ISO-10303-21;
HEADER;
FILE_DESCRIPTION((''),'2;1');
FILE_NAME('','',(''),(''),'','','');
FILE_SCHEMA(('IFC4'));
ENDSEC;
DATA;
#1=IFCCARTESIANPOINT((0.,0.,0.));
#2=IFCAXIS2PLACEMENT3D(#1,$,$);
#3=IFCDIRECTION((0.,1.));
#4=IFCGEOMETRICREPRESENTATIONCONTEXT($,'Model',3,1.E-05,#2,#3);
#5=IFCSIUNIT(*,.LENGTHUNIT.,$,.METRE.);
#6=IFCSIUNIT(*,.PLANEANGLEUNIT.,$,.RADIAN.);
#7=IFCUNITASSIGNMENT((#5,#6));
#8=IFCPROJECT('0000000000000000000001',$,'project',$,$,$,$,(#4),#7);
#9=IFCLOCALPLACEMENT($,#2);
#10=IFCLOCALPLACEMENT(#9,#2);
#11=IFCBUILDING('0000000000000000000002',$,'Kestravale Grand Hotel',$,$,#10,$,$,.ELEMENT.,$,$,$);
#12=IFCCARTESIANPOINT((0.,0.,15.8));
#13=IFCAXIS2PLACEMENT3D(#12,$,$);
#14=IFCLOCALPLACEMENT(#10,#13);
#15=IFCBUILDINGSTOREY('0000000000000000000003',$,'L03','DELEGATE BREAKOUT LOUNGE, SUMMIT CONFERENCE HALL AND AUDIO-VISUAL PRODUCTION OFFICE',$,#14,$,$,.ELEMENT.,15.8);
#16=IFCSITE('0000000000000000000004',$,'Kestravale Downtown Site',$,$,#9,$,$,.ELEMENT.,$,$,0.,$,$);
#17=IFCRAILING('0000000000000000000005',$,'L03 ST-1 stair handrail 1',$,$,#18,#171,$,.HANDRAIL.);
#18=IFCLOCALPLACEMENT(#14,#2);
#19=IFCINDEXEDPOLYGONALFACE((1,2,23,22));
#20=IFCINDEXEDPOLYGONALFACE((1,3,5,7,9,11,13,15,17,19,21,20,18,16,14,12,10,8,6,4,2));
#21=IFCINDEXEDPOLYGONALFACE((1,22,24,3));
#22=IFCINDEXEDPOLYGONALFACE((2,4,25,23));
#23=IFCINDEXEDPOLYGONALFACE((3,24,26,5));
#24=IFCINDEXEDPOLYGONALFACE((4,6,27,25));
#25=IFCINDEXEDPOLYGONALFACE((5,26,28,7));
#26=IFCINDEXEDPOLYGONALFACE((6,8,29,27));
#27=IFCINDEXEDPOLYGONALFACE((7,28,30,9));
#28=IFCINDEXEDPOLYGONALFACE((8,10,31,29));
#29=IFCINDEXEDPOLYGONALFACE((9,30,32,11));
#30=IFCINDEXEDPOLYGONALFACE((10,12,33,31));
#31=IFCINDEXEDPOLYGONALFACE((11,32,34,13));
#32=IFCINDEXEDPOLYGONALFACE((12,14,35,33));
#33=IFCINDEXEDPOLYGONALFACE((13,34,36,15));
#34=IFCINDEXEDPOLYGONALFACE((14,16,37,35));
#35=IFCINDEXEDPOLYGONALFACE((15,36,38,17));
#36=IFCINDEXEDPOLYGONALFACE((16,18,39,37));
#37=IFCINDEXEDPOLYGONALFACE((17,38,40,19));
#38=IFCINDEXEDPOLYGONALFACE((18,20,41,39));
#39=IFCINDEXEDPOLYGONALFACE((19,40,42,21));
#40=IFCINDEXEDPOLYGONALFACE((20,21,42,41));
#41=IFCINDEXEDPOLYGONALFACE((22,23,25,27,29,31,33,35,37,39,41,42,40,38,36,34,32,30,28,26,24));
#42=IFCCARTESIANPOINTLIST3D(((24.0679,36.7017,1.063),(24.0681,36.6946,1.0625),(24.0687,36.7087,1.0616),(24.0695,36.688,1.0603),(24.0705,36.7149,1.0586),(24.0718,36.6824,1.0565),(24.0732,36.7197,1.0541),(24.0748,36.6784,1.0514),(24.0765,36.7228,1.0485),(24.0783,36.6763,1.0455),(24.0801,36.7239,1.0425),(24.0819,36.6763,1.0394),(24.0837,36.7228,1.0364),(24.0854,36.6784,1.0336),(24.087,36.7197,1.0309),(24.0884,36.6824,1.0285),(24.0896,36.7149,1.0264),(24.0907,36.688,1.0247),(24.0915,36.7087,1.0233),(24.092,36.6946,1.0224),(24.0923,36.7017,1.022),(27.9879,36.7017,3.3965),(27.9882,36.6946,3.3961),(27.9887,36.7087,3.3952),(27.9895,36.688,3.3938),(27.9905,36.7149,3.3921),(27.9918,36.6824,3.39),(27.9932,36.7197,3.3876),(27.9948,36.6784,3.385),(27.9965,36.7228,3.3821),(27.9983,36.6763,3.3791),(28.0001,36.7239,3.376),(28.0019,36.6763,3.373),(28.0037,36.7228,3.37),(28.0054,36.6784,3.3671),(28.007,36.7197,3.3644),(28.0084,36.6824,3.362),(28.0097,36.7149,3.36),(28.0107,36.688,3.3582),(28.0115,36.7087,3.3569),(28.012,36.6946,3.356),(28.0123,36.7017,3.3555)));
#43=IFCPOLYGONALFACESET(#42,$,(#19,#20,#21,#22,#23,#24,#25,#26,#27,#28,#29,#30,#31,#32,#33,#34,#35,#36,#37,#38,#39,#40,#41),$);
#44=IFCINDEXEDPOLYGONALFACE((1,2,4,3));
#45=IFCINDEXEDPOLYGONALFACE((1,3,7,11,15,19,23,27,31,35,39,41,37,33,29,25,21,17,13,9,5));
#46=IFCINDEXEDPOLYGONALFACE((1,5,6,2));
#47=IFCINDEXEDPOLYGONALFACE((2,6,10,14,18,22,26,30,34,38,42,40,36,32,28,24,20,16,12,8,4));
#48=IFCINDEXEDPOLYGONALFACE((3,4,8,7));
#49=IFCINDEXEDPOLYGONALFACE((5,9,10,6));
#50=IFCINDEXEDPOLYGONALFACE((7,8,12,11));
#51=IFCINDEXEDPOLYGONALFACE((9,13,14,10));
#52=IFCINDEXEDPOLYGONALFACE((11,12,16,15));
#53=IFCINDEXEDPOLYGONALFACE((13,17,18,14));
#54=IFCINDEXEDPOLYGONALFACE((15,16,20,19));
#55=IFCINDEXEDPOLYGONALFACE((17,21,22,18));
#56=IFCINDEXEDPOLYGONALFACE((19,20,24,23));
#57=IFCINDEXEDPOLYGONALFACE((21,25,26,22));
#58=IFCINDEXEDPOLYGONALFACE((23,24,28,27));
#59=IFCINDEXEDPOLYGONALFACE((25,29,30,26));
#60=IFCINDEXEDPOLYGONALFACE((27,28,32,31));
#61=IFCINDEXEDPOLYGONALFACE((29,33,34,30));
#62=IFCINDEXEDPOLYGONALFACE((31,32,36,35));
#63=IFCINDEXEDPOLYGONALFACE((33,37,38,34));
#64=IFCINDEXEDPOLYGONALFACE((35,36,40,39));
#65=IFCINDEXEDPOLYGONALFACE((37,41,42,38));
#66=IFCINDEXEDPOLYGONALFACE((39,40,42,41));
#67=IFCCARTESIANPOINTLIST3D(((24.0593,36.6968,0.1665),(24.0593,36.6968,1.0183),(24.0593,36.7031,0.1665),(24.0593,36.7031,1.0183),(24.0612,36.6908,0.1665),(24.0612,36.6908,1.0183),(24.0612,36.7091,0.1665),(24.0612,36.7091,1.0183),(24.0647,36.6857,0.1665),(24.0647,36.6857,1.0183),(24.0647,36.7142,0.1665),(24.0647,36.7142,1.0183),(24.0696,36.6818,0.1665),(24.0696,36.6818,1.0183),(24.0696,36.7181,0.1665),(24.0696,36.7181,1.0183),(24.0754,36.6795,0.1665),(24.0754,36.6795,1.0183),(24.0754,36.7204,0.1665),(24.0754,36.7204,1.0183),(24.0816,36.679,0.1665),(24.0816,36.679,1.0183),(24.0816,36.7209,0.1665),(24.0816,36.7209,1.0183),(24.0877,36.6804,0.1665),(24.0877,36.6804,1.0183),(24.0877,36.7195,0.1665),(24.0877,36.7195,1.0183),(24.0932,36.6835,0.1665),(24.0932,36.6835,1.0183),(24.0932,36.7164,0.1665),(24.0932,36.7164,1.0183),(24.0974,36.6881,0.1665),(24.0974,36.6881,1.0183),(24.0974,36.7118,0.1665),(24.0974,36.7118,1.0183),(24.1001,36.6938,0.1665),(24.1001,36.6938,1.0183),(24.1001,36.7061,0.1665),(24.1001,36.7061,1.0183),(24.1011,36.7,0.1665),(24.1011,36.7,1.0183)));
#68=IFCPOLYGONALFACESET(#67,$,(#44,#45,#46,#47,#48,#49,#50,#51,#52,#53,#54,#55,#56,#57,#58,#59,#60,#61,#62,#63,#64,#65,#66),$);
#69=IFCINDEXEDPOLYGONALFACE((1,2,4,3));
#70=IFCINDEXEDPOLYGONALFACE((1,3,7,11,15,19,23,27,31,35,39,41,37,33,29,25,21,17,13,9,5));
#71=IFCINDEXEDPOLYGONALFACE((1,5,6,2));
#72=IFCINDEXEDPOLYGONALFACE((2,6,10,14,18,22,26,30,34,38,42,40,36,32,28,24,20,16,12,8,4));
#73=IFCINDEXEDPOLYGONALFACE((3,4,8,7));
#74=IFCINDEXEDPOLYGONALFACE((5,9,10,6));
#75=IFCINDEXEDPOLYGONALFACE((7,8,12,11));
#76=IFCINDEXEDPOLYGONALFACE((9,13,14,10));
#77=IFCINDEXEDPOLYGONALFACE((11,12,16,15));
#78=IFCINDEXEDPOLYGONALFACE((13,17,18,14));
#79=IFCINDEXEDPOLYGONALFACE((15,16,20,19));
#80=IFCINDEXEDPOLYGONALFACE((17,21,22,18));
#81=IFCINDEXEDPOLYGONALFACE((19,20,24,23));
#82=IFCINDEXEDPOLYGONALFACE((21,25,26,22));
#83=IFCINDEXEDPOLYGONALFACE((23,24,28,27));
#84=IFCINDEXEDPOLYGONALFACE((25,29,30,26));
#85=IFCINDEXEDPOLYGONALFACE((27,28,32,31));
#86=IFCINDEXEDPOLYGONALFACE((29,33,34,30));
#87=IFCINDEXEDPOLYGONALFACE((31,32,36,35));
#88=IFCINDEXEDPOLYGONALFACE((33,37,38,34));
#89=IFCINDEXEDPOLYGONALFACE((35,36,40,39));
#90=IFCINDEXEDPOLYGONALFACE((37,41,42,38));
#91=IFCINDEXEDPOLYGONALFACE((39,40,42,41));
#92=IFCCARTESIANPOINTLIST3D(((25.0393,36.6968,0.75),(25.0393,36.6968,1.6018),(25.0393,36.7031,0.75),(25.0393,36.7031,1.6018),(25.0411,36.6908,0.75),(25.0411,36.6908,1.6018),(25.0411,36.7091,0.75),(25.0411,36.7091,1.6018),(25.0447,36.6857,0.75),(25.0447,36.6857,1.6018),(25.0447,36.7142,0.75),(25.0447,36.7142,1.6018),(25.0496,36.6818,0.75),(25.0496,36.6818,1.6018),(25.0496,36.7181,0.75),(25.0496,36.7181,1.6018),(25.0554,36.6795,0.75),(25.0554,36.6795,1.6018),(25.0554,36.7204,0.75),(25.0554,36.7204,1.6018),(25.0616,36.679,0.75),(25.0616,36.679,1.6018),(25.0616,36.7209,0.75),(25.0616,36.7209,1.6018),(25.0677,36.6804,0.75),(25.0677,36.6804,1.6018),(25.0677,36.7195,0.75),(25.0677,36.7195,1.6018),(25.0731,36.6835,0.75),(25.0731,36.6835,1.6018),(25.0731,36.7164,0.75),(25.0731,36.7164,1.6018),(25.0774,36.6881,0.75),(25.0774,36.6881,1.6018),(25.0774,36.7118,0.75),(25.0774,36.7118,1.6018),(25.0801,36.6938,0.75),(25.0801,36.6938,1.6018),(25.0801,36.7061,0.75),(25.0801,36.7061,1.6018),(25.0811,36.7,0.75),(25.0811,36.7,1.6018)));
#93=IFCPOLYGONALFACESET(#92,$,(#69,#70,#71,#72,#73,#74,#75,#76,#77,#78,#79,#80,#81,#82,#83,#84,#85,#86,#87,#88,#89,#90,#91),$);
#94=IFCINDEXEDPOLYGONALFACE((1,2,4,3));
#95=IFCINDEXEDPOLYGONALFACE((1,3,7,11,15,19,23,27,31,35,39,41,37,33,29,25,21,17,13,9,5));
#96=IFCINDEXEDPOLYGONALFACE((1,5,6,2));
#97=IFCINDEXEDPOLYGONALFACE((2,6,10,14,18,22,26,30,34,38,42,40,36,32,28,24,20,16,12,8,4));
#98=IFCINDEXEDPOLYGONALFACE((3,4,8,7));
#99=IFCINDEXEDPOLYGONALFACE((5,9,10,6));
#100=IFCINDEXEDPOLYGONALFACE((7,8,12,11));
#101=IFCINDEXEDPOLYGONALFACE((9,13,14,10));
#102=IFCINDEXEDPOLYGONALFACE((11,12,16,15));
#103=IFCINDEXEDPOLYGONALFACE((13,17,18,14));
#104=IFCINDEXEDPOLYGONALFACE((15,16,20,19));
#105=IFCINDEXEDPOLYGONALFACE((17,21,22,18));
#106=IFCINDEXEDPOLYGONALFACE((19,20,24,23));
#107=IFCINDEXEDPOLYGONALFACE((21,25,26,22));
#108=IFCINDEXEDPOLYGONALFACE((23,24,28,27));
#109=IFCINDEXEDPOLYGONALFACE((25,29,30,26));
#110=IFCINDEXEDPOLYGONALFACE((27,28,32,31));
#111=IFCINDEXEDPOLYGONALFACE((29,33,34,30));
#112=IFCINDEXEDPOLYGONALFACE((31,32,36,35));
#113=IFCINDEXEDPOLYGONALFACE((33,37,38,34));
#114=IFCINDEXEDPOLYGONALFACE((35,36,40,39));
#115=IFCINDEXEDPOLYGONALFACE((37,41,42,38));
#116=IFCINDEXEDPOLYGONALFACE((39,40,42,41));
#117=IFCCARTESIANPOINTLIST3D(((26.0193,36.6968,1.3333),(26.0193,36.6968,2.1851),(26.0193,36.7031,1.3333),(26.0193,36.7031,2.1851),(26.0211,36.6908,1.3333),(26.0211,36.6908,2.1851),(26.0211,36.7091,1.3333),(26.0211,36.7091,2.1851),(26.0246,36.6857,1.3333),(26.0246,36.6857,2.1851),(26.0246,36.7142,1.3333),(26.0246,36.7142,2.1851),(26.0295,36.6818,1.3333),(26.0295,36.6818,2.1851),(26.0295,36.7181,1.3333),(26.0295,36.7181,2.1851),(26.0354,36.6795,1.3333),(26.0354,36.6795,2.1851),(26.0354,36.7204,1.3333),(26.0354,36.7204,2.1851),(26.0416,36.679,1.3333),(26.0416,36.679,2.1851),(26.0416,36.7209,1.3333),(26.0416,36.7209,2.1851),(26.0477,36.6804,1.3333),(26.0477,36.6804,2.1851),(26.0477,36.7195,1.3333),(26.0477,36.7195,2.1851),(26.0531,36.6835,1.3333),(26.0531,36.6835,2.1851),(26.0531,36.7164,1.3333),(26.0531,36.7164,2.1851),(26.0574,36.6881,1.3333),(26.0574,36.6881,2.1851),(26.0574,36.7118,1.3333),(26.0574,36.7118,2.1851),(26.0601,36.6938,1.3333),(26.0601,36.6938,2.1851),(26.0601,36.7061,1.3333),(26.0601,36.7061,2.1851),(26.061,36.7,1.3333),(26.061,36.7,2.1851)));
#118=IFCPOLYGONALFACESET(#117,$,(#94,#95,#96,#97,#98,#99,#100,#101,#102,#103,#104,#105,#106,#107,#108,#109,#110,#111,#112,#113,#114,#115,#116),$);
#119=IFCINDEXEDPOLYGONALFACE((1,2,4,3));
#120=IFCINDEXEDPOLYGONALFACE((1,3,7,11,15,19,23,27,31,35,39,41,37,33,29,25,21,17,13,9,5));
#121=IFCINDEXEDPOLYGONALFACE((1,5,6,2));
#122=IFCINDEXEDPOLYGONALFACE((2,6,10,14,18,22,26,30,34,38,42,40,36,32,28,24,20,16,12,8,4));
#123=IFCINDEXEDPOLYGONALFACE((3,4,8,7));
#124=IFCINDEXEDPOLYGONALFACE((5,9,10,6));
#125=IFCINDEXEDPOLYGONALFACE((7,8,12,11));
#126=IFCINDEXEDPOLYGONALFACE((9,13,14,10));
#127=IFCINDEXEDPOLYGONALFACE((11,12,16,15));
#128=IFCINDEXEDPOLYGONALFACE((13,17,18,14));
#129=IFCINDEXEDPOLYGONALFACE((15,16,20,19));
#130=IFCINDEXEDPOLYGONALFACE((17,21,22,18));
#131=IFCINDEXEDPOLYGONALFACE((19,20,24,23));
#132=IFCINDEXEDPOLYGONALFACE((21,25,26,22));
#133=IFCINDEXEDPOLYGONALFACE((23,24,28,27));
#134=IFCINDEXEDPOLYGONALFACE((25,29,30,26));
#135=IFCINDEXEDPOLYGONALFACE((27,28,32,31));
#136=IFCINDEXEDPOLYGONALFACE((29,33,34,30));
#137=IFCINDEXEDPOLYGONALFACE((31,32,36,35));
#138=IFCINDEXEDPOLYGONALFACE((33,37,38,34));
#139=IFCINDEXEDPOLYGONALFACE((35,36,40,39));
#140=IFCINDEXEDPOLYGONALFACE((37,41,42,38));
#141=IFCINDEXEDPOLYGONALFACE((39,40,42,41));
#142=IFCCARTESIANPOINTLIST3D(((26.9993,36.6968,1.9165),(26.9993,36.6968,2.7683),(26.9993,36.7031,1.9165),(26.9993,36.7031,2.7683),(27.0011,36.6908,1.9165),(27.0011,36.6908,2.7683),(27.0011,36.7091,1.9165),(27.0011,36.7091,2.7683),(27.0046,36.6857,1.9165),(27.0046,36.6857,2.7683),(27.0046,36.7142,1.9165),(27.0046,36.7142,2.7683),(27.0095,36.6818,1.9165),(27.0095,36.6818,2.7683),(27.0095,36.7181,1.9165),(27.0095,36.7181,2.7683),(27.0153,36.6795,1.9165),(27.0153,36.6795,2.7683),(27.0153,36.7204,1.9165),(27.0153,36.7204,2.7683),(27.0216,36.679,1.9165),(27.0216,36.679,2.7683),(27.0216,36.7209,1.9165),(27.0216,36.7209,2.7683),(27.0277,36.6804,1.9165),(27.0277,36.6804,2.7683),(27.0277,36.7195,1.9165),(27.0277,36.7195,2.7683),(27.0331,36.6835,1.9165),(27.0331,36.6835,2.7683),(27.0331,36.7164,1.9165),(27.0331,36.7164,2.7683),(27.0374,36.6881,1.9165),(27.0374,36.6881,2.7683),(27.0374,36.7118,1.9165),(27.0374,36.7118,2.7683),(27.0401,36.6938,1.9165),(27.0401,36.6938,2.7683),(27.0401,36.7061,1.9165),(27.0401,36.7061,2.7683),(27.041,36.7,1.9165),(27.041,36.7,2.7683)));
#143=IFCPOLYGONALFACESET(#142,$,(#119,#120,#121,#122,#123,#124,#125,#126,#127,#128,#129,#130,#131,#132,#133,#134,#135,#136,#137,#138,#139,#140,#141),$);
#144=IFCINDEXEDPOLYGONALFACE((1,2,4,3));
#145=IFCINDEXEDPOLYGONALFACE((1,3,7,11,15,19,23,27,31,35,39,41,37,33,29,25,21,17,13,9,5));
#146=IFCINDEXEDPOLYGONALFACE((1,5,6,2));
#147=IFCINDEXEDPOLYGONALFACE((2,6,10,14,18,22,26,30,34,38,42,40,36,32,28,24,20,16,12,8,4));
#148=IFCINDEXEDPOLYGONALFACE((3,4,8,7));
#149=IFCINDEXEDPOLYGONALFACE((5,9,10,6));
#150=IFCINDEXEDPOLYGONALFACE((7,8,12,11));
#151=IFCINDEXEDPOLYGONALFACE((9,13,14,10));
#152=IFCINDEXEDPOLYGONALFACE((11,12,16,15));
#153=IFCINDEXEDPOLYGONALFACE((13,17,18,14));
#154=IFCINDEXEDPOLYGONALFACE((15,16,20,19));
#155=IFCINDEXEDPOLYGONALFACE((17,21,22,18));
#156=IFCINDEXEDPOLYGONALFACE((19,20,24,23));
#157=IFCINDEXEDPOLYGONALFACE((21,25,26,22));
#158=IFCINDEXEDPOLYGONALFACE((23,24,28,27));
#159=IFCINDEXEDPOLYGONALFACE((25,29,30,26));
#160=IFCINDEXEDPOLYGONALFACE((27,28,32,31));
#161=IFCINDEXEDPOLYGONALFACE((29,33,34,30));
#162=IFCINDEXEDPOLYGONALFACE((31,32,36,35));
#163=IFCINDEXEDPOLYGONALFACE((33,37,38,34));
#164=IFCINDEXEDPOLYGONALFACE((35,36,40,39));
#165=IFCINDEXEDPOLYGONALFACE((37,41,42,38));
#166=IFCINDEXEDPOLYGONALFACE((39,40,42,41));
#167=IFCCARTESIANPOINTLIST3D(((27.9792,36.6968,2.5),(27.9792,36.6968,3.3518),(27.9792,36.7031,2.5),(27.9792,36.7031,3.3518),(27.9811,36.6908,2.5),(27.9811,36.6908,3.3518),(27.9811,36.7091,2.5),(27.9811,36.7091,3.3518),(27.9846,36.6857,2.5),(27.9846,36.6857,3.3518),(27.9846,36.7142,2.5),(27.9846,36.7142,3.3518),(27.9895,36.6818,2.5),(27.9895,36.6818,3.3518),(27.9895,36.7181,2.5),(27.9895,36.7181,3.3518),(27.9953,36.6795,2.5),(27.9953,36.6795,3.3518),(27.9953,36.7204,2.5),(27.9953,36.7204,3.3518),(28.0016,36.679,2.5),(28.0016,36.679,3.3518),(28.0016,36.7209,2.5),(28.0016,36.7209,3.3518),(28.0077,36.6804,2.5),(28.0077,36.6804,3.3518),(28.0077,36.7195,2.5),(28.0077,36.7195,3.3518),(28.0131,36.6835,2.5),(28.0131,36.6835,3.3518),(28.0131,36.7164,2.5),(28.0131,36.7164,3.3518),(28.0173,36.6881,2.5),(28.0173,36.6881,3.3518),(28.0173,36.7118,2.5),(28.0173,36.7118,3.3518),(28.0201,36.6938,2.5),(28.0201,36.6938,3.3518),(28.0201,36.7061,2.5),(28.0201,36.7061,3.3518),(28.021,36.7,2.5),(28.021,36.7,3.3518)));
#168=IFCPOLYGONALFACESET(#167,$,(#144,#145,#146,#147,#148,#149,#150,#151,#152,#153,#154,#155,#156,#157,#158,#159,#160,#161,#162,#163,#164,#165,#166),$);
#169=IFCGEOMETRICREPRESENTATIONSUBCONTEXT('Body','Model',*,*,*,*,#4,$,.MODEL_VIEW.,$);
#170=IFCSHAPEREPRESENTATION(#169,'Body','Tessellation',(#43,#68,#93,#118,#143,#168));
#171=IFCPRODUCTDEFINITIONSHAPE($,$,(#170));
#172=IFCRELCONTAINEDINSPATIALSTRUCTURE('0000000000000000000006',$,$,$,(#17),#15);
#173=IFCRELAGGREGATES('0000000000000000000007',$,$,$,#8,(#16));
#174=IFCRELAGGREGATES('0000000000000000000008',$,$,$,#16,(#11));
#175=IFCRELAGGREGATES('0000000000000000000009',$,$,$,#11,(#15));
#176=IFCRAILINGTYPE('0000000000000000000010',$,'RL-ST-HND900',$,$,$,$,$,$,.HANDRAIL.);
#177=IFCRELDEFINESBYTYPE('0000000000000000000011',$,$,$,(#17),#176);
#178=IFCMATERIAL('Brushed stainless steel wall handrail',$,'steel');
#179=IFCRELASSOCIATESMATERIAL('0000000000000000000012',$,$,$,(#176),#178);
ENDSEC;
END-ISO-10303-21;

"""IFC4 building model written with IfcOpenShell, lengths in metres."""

from ifc_helpers import new_model, si_unit, direction, frame, origin, origin_2d, place, context, subcontext, project, spatial, circle, extrude, material, type_object, element, save


model = new_model("IFC4")

# Units and contexts
model_context = context("Model", 3, precision=1e-05, world=origin(), true_north=direction((0.0, 1.0)))
body_context = subcontext(model_context, "Body", "Model", "MODEL_VIEW")
ifc_project = project(units=[si_unit("LENGTHUNIT", "METRE"), si_unit("PLANEANGLEUNIT", "RADIAN")], contexts=[model_context])

# Site, building, storey
site_placement = place(None, origin())
site = spatial("IfcSite", under=ifc_project, at=site_placement, Name="Kestravale Downtown Site", CompositionType="ELEMENT", RefElevation=0.0)
building_placement = place(site_placement, origin())
building = spatial("IfcBuilding", under=site, at=building_placement, Name="Kestravale Grand Hotel", CompositionType="ELEMENT")
storey_placement = place(building_placement, frame((0.0, 0.0, 15.8)))
storey = spatial("IfcBuildingStorey", under=building, at=storey_placement, Name="L03", Description="DELEGATE BREAKOUT LOUNGE, SUMMIT CONFERENCE HALL AND AUDIO-VISUAL PRODUCTION OFFICE", CompositionType="ELEMENT", Elevation=15.8)

# Railing
ifc_material_1 = material(Name="Brushed stainless steel wall handrail", Category="steel")
railing_type_1 = type_object("IfcRailingType", Name="RL-ST-HND900", PredefinedType="HANDRAIL", material=ifc_material_1)
railing_1_placement = place(storey_placement, frame((24.0801, 36.7, 0.1665)))
element("IfcRailing", 1, at=railing_1_placement, inside=storey, type_object=railing_type_1, Name="L03 ST-1 stair handrail 1", PredefinedType="HANDRAIL", context=body_context, shape_type="SweptSolid", body=[
    extrude(circle(Radius=0.0239, at=origin_2d()), frame((0.0, 0.0, 0.876), z_axis=(0.859273, 0.0, 0.511518), x_axis=(0.0, 1.0, 0.0)), (0.0, 0.0, 1.0), 4.562),
    extrude(circle(Radius=0.021, at=origin_2d()), origin(), (0.0, 0.0, 1.0), 0.8518),
    extrude(circle(Radius=0.021, at=origin_2d()), frame((0.98, 0.0, 0.5835)), (0.0, 0.0, 1.0), 0.8518),
    extrude(circle(Radius=0.021, at=origin_2d()), frame((1.96, 0.0, 1.1667)), (0.0, 0.0, 1.0), 0.8518),
    extrude(circle(Radius=0.021, at=origin_2d()), frame((2.9399, 0.0, 1.75)), (0.0, 0.0, 1.0), 0.8518),
    extrude(circle(Radius=0.021, at=origin_2d()), frame((3.9199, 0.0, 2.3335)), (0.0, 0.0, 1.0), 0.8518),
])

save(model, "model.ifc")
